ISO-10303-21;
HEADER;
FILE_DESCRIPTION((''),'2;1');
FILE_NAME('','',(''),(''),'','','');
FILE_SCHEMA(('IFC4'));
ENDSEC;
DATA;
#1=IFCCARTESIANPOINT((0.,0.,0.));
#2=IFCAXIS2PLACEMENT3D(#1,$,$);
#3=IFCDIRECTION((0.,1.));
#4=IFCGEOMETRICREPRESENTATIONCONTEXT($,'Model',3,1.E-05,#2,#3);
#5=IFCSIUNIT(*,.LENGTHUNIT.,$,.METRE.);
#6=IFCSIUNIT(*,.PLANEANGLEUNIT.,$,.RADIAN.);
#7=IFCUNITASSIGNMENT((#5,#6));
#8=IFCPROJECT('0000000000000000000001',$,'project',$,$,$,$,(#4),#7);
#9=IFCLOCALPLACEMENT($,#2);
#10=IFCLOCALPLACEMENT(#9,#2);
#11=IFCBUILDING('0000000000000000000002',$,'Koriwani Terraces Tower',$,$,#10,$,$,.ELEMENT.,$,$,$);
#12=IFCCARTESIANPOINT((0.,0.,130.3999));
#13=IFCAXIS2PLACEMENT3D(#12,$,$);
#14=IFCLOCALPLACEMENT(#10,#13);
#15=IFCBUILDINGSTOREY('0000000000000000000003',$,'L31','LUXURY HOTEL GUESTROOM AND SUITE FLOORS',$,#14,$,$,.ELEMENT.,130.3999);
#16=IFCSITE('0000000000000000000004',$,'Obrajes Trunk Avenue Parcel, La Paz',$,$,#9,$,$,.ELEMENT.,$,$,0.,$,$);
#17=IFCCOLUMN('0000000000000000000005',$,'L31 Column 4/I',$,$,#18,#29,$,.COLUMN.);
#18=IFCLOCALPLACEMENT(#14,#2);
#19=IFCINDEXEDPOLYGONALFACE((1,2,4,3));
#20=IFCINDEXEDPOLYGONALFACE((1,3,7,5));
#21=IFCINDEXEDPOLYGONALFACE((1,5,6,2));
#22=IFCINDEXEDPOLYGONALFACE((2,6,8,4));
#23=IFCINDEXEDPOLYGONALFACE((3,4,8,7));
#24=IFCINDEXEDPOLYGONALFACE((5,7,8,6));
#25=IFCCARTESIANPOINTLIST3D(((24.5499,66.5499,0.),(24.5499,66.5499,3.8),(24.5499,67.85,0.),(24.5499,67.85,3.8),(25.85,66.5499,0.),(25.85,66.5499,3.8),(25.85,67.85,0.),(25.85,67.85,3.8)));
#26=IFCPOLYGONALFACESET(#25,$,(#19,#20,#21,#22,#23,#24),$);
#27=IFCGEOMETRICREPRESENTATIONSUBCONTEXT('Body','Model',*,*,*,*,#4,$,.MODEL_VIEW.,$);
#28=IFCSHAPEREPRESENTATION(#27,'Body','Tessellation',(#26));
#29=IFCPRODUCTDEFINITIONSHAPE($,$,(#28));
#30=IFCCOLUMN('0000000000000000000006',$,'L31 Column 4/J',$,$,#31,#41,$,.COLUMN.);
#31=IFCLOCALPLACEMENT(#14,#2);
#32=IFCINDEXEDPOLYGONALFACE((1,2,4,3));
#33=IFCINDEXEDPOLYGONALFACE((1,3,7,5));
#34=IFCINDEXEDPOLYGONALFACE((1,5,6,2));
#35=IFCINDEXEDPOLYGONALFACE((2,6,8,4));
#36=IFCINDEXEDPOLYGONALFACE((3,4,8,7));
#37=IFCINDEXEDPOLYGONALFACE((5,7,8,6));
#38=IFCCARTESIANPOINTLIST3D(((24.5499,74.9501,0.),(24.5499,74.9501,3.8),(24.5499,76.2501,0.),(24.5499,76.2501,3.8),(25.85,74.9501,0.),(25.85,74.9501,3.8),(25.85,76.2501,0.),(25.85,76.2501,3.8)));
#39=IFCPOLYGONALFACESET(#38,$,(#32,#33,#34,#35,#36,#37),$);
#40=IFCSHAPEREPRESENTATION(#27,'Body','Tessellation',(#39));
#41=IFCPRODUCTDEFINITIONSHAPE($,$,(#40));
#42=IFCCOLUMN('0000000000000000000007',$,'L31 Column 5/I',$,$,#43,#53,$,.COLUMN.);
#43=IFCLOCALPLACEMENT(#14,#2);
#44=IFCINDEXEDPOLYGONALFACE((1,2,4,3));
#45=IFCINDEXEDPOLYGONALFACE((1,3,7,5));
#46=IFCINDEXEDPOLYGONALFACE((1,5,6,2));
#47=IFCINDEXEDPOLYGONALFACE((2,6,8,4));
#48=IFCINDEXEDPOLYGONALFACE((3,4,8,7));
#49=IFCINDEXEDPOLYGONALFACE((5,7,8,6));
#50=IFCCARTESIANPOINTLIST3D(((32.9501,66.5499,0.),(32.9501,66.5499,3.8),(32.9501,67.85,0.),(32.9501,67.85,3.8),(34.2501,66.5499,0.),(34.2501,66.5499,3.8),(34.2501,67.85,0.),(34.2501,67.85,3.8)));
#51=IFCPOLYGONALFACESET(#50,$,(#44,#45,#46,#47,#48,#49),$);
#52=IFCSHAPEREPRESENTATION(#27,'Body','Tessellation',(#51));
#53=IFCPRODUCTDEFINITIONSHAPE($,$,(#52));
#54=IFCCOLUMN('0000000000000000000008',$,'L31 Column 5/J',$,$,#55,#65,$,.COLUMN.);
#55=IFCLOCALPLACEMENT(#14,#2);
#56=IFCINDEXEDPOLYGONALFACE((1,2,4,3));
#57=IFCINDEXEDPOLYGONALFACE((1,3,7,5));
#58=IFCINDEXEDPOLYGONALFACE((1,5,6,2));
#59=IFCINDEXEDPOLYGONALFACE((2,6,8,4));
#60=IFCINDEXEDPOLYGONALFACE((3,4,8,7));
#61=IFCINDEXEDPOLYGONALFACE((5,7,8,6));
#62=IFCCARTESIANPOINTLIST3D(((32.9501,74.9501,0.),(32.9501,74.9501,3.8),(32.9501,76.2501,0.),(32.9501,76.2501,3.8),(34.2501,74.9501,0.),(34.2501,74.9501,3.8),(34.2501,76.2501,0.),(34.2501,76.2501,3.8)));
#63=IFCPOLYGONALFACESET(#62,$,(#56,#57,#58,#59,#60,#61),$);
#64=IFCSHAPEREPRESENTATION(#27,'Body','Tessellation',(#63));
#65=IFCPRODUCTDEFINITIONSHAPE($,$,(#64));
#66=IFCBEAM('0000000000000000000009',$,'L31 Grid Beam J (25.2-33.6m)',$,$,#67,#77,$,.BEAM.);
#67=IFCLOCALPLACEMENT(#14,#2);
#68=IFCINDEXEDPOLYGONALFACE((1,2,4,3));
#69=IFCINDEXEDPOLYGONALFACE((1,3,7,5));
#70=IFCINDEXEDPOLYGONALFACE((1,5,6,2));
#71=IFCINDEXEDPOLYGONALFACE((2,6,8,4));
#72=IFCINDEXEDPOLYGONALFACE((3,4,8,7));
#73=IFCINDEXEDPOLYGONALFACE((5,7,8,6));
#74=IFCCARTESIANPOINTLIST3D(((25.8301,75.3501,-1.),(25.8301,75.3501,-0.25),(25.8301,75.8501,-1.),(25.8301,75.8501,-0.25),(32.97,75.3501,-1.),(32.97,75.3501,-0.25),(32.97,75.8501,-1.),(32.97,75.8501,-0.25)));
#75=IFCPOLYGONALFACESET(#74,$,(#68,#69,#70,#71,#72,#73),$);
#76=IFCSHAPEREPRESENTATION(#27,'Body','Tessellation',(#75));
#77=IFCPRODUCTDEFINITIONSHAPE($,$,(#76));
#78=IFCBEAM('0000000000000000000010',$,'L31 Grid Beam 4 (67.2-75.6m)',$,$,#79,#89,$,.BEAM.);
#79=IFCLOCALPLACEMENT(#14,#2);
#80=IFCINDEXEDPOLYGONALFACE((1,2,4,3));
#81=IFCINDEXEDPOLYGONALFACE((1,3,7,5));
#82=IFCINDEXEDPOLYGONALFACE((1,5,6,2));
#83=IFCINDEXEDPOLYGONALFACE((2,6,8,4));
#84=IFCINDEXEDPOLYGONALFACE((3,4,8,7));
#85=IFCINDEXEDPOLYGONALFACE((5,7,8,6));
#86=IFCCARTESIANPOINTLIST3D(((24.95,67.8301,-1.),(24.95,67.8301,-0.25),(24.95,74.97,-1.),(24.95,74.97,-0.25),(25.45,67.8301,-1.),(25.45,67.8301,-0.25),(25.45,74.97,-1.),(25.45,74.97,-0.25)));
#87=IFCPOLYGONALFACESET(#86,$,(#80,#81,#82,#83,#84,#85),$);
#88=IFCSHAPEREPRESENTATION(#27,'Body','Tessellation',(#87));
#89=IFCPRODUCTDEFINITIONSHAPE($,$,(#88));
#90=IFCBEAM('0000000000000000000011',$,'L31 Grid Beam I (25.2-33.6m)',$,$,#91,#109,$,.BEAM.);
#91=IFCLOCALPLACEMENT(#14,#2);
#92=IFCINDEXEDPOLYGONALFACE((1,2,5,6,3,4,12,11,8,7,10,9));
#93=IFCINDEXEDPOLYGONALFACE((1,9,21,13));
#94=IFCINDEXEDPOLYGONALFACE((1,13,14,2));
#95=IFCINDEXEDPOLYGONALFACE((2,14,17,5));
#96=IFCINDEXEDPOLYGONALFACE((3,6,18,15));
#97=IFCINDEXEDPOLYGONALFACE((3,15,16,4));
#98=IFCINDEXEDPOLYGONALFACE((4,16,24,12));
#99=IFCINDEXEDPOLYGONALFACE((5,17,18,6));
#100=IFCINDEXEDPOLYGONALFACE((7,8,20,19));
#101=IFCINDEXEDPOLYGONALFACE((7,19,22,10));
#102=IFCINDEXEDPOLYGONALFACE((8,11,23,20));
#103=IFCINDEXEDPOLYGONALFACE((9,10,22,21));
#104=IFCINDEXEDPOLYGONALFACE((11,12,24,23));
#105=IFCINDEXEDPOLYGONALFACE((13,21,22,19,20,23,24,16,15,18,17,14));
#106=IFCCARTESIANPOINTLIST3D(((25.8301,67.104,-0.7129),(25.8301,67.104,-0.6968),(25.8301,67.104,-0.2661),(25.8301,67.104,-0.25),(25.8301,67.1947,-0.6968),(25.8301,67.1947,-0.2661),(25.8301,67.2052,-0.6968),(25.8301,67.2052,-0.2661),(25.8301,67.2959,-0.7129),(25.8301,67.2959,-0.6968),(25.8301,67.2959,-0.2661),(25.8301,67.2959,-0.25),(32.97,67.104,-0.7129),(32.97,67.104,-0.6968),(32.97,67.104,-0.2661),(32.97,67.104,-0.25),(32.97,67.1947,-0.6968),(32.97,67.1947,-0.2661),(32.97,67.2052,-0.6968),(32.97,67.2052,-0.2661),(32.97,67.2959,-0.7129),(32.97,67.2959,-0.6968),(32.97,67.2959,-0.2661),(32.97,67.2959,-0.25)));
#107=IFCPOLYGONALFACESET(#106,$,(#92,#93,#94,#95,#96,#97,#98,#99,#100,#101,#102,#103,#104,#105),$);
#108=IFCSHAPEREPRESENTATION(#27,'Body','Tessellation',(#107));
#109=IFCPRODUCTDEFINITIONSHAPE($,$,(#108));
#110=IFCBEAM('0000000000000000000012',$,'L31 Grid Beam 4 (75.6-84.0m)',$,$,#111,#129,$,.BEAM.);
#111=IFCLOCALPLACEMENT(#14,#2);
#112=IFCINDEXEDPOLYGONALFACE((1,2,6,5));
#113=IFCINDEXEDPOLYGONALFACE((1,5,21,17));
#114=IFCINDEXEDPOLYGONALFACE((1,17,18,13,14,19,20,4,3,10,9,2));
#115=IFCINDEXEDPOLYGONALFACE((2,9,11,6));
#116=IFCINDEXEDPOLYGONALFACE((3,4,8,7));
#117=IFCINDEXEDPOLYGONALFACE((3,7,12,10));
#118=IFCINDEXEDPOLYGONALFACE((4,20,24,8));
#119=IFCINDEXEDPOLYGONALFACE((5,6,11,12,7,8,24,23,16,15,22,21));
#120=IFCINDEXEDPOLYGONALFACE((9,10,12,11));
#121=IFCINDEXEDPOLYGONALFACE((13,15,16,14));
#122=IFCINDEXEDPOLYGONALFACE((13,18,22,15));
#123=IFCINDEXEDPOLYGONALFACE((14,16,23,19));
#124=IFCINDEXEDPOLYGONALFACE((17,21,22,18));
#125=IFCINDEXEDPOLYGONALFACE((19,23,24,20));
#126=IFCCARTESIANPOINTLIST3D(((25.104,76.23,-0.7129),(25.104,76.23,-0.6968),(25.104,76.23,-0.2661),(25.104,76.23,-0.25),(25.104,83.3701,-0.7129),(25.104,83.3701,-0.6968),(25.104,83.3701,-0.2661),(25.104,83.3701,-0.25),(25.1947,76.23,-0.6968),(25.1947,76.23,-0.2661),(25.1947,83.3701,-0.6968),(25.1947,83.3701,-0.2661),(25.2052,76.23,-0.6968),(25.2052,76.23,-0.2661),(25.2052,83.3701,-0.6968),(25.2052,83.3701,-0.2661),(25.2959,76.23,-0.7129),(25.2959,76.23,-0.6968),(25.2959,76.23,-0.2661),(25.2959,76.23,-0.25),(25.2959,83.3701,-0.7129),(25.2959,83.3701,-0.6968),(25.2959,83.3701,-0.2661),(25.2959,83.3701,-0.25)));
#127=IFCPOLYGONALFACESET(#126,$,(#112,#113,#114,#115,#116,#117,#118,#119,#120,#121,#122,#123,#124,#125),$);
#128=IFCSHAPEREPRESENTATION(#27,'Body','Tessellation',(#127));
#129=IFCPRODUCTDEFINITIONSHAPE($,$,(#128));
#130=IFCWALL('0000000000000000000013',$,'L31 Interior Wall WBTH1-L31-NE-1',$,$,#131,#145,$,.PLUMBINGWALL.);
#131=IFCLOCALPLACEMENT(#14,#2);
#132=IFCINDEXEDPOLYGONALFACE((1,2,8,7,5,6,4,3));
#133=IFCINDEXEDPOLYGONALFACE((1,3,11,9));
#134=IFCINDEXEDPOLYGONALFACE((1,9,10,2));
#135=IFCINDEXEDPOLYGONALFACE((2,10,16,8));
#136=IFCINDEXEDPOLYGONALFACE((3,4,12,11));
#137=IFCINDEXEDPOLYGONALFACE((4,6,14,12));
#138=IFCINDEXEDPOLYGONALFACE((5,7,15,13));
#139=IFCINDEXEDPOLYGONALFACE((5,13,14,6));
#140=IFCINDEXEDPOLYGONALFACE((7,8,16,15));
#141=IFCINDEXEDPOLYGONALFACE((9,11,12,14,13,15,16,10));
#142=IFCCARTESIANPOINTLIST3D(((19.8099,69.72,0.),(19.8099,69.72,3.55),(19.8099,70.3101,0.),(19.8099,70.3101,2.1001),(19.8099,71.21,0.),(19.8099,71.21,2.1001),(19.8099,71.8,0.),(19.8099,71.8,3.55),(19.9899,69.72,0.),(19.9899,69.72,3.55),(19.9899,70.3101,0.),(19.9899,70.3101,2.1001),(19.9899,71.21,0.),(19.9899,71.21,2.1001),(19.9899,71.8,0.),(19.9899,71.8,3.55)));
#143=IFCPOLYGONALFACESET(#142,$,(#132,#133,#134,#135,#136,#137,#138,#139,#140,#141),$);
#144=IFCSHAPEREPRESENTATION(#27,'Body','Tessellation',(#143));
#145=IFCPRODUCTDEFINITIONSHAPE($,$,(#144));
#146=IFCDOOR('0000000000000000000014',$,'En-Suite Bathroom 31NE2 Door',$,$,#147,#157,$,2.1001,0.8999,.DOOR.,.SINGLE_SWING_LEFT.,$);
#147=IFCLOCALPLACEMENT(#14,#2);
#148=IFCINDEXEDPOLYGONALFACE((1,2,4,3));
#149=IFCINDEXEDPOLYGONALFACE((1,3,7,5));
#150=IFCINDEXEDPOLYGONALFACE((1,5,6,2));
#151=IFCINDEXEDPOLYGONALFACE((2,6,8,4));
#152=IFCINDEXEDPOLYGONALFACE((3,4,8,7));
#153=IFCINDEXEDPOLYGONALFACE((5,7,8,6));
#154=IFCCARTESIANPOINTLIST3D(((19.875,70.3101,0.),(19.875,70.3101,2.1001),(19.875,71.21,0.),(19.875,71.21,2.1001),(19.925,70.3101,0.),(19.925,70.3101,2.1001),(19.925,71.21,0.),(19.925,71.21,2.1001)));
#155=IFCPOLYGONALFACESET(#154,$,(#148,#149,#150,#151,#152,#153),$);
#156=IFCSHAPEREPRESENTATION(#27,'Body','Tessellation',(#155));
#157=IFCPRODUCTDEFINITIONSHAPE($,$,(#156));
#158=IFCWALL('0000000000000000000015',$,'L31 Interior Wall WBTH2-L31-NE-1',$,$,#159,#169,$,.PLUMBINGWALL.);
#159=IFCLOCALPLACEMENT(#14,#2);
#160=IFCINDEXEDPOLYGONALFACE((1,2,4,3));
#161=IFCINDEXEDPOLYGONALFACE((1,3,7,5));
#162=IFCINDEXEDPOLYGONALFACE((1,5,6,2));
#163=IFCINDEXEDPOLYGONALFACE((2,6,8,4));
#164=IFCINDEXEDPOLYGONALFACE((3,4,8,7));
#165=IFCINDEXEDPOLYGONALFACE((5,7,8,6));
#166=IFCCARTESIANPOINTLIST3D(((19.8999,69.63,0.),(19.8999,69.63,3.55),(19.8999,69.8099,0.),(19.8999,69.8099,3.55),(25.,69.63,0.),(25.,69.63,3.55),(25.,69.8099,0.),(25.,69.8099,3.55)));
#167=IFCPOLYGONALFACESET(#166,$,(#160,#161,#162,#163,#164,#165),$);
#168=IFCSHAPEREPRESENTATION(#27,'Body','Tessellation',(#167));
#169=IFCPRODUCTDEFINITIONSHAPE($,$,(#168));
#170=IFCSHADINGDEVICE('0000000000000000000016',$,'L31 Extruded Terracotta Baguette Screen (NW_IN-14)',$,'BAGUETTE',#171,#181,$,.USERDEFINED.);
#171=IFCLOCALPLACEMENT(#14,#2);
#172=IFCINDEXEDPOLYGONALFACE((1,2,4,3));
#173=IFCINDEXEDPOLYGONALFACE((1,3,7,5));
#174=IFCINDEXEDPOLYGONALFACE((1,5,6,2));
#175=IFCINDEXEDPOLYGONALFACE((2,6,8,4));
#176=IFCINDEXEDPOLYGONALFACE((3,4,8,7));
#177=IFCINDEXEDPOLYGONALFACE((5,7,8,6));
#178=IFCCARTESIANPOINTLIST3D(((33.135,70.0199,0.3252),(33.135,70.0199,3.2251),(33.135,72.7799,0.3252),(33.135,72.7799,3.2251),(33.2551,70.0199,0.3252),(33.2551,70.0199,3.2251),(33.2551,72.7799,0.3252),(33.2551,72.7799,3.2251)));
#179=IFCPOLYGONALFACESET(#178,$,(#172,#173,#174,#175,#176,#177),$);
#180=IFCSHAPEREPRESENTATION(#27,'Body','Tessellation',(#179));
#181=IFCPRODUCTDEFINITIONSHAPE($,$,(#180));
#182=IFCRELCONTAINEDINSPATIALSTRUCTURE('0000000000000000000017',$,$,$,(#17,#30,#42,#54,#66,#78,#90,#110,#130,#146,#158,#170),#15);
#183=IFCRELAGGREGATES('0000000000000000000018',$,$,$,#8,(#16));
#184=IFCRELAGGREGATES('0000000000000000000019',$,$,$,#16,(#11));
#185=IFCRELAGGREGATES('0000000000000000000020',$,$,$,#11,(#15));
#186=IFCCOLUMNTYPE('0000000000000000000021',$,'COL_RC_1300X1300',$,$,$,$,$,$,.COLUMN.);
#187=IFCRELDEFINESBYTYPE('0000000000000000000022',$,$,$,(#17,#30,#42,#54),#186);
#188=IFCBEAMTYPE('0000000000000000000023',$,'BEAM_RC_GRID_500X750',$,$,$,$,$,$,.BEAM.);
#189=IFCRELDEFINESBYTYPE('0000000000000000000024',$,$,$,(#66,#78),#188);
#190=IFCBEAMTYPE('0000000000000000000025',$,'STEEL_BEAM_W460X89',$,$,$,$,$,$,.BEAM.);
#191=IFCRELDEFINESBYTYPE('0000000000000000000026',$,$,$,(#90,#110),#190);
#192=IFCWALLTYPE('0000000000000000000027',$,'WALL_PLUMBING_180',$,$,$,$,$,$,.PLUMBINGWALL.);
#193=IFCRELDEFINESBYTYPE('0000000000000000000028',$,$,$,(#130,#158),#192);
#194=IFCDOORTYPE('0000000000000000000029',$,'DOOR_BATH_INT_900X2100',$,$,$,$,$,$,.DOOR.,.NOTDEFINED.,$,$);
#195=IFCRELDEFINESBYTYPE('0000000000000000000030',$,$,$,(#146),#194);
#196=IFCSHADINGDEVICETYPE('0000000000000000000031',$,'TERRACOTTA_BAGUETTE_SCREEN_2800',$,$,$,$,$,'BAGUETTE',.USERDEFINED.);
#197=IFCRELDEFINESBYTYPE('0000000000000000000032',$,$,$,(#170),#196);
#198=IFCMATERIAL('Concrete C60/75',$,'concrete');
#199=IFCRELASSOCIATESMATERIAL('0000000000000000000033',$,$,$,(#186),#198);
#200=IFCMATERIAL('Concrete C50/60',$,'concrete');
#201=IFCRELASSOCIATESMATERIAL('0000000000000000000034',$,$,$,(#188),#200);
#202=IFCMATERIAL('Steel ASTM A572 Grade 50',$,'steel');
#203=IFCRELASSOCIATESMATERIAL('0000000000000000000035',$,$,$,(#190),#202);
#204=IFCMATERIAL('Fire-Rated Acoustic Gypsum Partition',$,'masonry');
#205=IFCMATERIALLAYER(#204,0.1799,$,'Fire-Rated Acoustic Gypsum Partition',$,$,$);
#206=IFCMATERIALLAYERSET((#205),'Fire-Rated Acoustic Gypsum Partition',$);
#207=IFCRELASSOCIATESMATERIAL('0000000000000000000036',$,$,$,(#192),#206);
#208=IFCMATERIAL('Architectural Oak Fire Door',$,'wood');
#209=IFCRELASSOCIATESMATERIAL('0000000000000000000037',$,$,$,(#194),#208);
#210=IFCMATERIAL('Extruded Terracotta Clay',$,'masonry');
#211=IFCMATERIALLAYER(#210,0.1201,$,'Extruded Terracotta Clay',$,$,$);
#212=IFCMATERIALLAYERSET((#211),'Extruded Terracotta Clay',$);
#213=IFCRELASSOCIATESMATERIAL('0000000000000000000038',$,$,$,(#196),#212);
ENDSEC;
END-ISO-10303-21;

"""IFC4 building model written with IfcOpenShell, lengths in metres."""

from ifc_helpers import new_model, si_unit, direction, frame, frame_2d, origin, origin_2d, place, context, subcontext, project, spatial, rectangle, i_section, extrude, material, layer, layer_set, material_profile, profile_set, type_object, element, fill, save


model = new_model("IFC4")

# Units and contexts
model_context = context("Model", 3, precision=1e-05, world=origin(), true_north=direction((0.0, 1.0)))
body_context = subcontext(model_context, "Body", "Model", "MODEL_VIEW")
ifc_project = project(units=[si_unit("LENGTHUNIT", "METRE"), si_unit("PLANEANGLEUNIT", "RADIAN")], contexts=[model_context])

# Site, building, storey
site_placement = place(None, origin())
site = spatial("IfcSite", under=ifc_project, at=site_placement, Name="Obrajes Trunk Avenue Parcel, La Paz", CompositionType="ELEMENT", RefElevation=0.0)
building_placement = place(site_placement, origin())
building = spatial("IfcBuilding", under=site, at=building_placement, Name="Koriwani Terraces Tower", CompositionType="ELEMENT")
storey_placement = place(building_placement, frame((0.0, 0.0, 130.3999)))
storey = spatial("IfcBuildingStorey", under=building, at=storey_placement, Name="L31", Description="LUXURY HOTEL GUESTROOM AND SUITE FLOORS", CompositionType="ELEMENT", Elevation=130.3999)

# Columns
ifc_material_1 = material(Name="Concrete C60/75", Category="concrete")
ifc_material_profile_1 = material_profile(ifc_material_1, rectangle(XDim=1.3, YDim=1.3, at=origin_2d()), Name="Concrete C60/75", Category="LoadBearing")
ifc_profile_set_1 = profile_set([ifc_material_profile_1], Name="Concrete C60/75")
column_type = type_object("IfcColumnType", Name="COL_RC_1300X1300", PredefinedType="COLUMN", material=ifc_profile_set_1)
for number, where, z_axis, x_axis, name in (
    (1, (25.2, 67.2, 0.0), (0.0, 0.0, 1.0), (1.0, 0.0, 0.0), "L31 Column 4/I"),
    (2, (25.2, 75.6001, 0.0), (0.0, 0.0, 1.0), (1.0, 0.0, 0.0), "L31 Column 4/J"),
    (3, (33.6001, 67.2, 0.0), (0.0, 0.0, 1.0), (1.0, 0.0, 0.0), "L31 Column 5/I"),
    (4, (33.6001, 75.6001, 0.0), (0.0, 0.0, 1.0), (1.0, 0.0, 0.0), "L31 Column 5/J"),
):
    element("IfcColumn", number, at=place(storey_placement, frame(where, z_axis=z_axis, x_axis=x_axis)), inside=storey, type_object=column_type, Name=name, PredefinedType="COLUMN", context=body_context, shape_type="SweptSolid", body=[
        extrude(rectangle(XDim=1.3, YDim=1.3, at=origin_2d()), origin(), (0.0, 0.0, 1.0), 3.8),
    ])

# Beams
ifc_material_2 = material(Name="Concrete C50/60", Category="concrete")
ifc_material_profile_2 = material_profile(ifc_material_2, rectangle(XDim=0.5, YDim=0.75, at=origin_2d()), Name="Concrete C50/60", Category="LoadBearing")
ifc_profile_set_2 = profile_set([ifc_material_profile_2], Name="Concrete C50/60")
beam_type_1 = type_object("IfcBeamType", Name="BEAM_RC_GRID_500X750", PredefinedType="BEAM", material=ifc_profile_set_2)
for number, where, z_axis, x_axis, name in (
    (5, (25.8301, 75.6001, -0.625), (1.0, 0.0, 0.0), (0.0, 1.0, 0.0), "L31 Grid Beam J (25.2-33.6m)"),
    (6, (25.2, 67.8301, -0.625), (0.0, 1.0, 0.0), (-1.0, 0.0, 0.0), "L31 Grid Beam 4 (67.2-75.6m)"),
):
    element("IfcBeam", number, at=place(storey_placement, frame(where, z_axis=z_axis, x_axis=x_axis)), inside=storey, type_object=beam_type_1, Name=name, PredefinedType="BEAM", context=body_context, shape_type="SweptSolid", body=[
        extrude(rectangle(XDim=0.5, YDim=0.75, at=origin_2d()), origin(), (0.0, 0.0, 1.0), 7.1399),
    ])
ifc_material_3 = material(Name="Steel ASTM A572 Grade 50", Category="steel")
ifc_material_profile_3 = material_profile(ifc_material_3, i_section(OverallWidth=0.1919, OverallDepth=0.4629, WebThickness=0.0105, FlangeThickness=0.0161, at=origin_2d()), Name="Steel ASTM A572 Grade 50", Category="LoadBearing")
ifc_profile_set_3 = profile_set([ifc_material_profile_3], Name="Steel ASTM A572 Grade 50")
beam_type_2 = type_object("IfcBeamType", Name="STEEL_BEAM_W460X89", PredefinedType="BEAM", material=ifc_profile_set_3)
beam_1_placement = place(storey_placement, frame((25.8301, 67.2, -0.4814), z_axis=(1.0, 0.0, 0.0), x_axis=(0.0, 1.0, 0.0)))
element("IfcBeam", 7, at=beam_1_placement, inside=storey, type_object=beam_type_2, Name="L31 Grid Beam I (25.2-33.6m)", PredefinedType="BEAM", context=body_context, shape_type="SweptSolid", body=[
    extrude(i_section(OverallWidth=0.1919, OverallDepth=0.4629, WebThickness=0.0105, FlangeThickness=0.0161, at=origin_2d()), origin(), (0.0, 0.0, 1.0), 7.1399),
])
beam_2_placement = place(storey_placement, frame((25.2, 76.23, -0.4814), z_axis=(0.0, 1.0, 0.0), x_axis=(-1.0, 0.0, 0.0)))
element("IfcBeam", 8, at=beam_2_placement, inside=storey, type_object=beam_type_2, Name="L31 Grid Beam 4 (75.6-84.0m)", PredefinedType="BEAM", context=body_context, shape_type="SweptSolid", body=[
    extrude(i_section(OverallWidth=0.1919, OverallDepth=0.4629, WebThickness=0.0105, FlangeThickness=0.0161, at=origin_2d()), origin(), (0.0, 0.0, 1.0), 7.1401),
])

# Wall, opening, door
ifc_material_4 = material(Name="Fire-Rated Acoustic Gypsum Partition", Category="masonry")
ifc_layer_1 = layer(ifc_material_4, 0.1799, Name="Fire-Rated Acoustic Gypsum Partition")
ifc_layer_set_1 = layer_set([ifc_layer_1], Name="Fire-Rated Acoustic Gypsum Partition")
wall_type = type_object("IfcWallType", Name="WALL_PLUMBING_180", PredefinedType="PLUMBINGWALL", material=ifc_layer_set_1)
wall_1_placement = place(storey_placement, frame((19.8999, 69.72, 0.0), z_axis=(0.0, 0.0, 1.0), x_axis=(0.0, 1.0, 0.0)))
wall_1 = element("IfcWall", 9, at=wall_1_placement, inside=storey, type_object=wall_type, Name="L31 Interior Wall WBTH1-L31-NE-1", PredefinedType="PLUMBINGWALL", context=body_context, shape_type="SweptSolid", body=[
    extrude(rectangle(XDim=2.0801, YDim=0.1799, at=frame_2d((1.04, 0.0))), origin(), (0.0, 0.0, 1.0), 3.55),
])
opening_placement = place(wall_1_placement, frame((0.5901, 0.0, 0.0)))
opening = element("IfcOpeningElement", 10, at=opening_placement, cuts=wall_1, PredefinedType="OPENING", context=body_context, shape_type="SweptSolid", body=[
    extrude(rectangle(XDim=0.8999, YDim=2.1001, at=frame_2d((0.45, 1.05))), frame((0.0, 0.1001, 0.0), z_axis=(0.0, -1.0, 0.0), x_axis=(1.0, 0.0, 0.0)), (0.0, 0.0, 1.0), 0.2),
])
ifc_material_5 = material(Name="Architectural Oak Fire Door", Category="wood")
door_type = type_object("IfcDoorType", Name="DOOR_BATH_INT_900X2100", OperationType="NOTDEFINED", PredefinedType="DOOR", material=ifc_material_5)
door_placement = place(opening_placement, origin())
door = element("IfcDoor", 11, at=door_placement, inside=storey, type_object=door_type, Name="En-Suite Bathroom 31NE2 Door", OperationType="SINGLE_SWING_LEFT", OverallHeight=2.1001, OverallWidth=0.8999, PredefinedType="DOOR", context=body_context, shape_type="SweptSolid", body=[
    extrude(rectangle(XDim=0.8999, YDim=2.1001, at=frame_2d((0.45, 1.05))), frame((0.0, 0.0249, 0.0), z_axis=(0.0, -1.0, 0.0), x_axis=(1.0, 0.0, 0.0)), (0.0, 0.0, 1.0), 0.05),
])
fill(opening, door)

# Wall
wall_2_placement = place(storey_placement, frame((19.8999, 69.72, 0.0), z_axis=(0.0, 0.0, 1.0), x_axis=(1.0, 0.0, 0.0)))
element("IfcWall", 12, at=wall_2_placement, inside=storey, type_object=wall_type, Name="L31 Interior Wall WBTH2-L31-NE-1", PredefinedType="PLUMBINGWALL", context=body_context, shape_type="SweptSolid", body=[
    extrude(rectangle(XDim=5.1001, YDim=0.1799, at=frame_2d((2.55, 0.0))), origin(), (0.0, 0.0, 1.0), 3.55),
])

# Shading device
ifc_material_6 = material(Name="Extruded Terracotta Clay", Category="masonry")
ifc_layer_2 = layer(ifc_material_6, 0.1201, Name="Extruded Terracotta Clay")
ifc_layer_set_2 = layer_set([ifc_layer_2], Name="Extruded Terracotta Clay")
shading_device_type = type_object("IfcShadingDeviceType", Name="TERRACOTTA_BAGUETTE_SCREEN_2800", ElementType="BAGUETTE", PredefinedType="USERDEFINED", material=ifc_layer_set_2)
shading_device_placement = place(storey_placement, frame((33.1951, 71.3999, 0.3252), z_axis=(0.0, 0.0, 1.0), x_axis=(0.0, -1.0, 0.0)))
element("IfcShadingDevice", 13, at=shading_device_placement, inside=storey, type_object=shading_device_type, Name="L31 Extruded Terracotta Baguette Screen (NW_IN-14)", ObjectType="BAGUETTE", PredefinedType="USERDEFINED", context=body_context, shape_type="SweptSolid", body=[
    extrude(rectangle(XDim=2.76, YDim=0.1201, at=origin_2d()), origin(), (0.0, 0.0, 1.0), 2.8999),
])

save(model, "model.ifc")
